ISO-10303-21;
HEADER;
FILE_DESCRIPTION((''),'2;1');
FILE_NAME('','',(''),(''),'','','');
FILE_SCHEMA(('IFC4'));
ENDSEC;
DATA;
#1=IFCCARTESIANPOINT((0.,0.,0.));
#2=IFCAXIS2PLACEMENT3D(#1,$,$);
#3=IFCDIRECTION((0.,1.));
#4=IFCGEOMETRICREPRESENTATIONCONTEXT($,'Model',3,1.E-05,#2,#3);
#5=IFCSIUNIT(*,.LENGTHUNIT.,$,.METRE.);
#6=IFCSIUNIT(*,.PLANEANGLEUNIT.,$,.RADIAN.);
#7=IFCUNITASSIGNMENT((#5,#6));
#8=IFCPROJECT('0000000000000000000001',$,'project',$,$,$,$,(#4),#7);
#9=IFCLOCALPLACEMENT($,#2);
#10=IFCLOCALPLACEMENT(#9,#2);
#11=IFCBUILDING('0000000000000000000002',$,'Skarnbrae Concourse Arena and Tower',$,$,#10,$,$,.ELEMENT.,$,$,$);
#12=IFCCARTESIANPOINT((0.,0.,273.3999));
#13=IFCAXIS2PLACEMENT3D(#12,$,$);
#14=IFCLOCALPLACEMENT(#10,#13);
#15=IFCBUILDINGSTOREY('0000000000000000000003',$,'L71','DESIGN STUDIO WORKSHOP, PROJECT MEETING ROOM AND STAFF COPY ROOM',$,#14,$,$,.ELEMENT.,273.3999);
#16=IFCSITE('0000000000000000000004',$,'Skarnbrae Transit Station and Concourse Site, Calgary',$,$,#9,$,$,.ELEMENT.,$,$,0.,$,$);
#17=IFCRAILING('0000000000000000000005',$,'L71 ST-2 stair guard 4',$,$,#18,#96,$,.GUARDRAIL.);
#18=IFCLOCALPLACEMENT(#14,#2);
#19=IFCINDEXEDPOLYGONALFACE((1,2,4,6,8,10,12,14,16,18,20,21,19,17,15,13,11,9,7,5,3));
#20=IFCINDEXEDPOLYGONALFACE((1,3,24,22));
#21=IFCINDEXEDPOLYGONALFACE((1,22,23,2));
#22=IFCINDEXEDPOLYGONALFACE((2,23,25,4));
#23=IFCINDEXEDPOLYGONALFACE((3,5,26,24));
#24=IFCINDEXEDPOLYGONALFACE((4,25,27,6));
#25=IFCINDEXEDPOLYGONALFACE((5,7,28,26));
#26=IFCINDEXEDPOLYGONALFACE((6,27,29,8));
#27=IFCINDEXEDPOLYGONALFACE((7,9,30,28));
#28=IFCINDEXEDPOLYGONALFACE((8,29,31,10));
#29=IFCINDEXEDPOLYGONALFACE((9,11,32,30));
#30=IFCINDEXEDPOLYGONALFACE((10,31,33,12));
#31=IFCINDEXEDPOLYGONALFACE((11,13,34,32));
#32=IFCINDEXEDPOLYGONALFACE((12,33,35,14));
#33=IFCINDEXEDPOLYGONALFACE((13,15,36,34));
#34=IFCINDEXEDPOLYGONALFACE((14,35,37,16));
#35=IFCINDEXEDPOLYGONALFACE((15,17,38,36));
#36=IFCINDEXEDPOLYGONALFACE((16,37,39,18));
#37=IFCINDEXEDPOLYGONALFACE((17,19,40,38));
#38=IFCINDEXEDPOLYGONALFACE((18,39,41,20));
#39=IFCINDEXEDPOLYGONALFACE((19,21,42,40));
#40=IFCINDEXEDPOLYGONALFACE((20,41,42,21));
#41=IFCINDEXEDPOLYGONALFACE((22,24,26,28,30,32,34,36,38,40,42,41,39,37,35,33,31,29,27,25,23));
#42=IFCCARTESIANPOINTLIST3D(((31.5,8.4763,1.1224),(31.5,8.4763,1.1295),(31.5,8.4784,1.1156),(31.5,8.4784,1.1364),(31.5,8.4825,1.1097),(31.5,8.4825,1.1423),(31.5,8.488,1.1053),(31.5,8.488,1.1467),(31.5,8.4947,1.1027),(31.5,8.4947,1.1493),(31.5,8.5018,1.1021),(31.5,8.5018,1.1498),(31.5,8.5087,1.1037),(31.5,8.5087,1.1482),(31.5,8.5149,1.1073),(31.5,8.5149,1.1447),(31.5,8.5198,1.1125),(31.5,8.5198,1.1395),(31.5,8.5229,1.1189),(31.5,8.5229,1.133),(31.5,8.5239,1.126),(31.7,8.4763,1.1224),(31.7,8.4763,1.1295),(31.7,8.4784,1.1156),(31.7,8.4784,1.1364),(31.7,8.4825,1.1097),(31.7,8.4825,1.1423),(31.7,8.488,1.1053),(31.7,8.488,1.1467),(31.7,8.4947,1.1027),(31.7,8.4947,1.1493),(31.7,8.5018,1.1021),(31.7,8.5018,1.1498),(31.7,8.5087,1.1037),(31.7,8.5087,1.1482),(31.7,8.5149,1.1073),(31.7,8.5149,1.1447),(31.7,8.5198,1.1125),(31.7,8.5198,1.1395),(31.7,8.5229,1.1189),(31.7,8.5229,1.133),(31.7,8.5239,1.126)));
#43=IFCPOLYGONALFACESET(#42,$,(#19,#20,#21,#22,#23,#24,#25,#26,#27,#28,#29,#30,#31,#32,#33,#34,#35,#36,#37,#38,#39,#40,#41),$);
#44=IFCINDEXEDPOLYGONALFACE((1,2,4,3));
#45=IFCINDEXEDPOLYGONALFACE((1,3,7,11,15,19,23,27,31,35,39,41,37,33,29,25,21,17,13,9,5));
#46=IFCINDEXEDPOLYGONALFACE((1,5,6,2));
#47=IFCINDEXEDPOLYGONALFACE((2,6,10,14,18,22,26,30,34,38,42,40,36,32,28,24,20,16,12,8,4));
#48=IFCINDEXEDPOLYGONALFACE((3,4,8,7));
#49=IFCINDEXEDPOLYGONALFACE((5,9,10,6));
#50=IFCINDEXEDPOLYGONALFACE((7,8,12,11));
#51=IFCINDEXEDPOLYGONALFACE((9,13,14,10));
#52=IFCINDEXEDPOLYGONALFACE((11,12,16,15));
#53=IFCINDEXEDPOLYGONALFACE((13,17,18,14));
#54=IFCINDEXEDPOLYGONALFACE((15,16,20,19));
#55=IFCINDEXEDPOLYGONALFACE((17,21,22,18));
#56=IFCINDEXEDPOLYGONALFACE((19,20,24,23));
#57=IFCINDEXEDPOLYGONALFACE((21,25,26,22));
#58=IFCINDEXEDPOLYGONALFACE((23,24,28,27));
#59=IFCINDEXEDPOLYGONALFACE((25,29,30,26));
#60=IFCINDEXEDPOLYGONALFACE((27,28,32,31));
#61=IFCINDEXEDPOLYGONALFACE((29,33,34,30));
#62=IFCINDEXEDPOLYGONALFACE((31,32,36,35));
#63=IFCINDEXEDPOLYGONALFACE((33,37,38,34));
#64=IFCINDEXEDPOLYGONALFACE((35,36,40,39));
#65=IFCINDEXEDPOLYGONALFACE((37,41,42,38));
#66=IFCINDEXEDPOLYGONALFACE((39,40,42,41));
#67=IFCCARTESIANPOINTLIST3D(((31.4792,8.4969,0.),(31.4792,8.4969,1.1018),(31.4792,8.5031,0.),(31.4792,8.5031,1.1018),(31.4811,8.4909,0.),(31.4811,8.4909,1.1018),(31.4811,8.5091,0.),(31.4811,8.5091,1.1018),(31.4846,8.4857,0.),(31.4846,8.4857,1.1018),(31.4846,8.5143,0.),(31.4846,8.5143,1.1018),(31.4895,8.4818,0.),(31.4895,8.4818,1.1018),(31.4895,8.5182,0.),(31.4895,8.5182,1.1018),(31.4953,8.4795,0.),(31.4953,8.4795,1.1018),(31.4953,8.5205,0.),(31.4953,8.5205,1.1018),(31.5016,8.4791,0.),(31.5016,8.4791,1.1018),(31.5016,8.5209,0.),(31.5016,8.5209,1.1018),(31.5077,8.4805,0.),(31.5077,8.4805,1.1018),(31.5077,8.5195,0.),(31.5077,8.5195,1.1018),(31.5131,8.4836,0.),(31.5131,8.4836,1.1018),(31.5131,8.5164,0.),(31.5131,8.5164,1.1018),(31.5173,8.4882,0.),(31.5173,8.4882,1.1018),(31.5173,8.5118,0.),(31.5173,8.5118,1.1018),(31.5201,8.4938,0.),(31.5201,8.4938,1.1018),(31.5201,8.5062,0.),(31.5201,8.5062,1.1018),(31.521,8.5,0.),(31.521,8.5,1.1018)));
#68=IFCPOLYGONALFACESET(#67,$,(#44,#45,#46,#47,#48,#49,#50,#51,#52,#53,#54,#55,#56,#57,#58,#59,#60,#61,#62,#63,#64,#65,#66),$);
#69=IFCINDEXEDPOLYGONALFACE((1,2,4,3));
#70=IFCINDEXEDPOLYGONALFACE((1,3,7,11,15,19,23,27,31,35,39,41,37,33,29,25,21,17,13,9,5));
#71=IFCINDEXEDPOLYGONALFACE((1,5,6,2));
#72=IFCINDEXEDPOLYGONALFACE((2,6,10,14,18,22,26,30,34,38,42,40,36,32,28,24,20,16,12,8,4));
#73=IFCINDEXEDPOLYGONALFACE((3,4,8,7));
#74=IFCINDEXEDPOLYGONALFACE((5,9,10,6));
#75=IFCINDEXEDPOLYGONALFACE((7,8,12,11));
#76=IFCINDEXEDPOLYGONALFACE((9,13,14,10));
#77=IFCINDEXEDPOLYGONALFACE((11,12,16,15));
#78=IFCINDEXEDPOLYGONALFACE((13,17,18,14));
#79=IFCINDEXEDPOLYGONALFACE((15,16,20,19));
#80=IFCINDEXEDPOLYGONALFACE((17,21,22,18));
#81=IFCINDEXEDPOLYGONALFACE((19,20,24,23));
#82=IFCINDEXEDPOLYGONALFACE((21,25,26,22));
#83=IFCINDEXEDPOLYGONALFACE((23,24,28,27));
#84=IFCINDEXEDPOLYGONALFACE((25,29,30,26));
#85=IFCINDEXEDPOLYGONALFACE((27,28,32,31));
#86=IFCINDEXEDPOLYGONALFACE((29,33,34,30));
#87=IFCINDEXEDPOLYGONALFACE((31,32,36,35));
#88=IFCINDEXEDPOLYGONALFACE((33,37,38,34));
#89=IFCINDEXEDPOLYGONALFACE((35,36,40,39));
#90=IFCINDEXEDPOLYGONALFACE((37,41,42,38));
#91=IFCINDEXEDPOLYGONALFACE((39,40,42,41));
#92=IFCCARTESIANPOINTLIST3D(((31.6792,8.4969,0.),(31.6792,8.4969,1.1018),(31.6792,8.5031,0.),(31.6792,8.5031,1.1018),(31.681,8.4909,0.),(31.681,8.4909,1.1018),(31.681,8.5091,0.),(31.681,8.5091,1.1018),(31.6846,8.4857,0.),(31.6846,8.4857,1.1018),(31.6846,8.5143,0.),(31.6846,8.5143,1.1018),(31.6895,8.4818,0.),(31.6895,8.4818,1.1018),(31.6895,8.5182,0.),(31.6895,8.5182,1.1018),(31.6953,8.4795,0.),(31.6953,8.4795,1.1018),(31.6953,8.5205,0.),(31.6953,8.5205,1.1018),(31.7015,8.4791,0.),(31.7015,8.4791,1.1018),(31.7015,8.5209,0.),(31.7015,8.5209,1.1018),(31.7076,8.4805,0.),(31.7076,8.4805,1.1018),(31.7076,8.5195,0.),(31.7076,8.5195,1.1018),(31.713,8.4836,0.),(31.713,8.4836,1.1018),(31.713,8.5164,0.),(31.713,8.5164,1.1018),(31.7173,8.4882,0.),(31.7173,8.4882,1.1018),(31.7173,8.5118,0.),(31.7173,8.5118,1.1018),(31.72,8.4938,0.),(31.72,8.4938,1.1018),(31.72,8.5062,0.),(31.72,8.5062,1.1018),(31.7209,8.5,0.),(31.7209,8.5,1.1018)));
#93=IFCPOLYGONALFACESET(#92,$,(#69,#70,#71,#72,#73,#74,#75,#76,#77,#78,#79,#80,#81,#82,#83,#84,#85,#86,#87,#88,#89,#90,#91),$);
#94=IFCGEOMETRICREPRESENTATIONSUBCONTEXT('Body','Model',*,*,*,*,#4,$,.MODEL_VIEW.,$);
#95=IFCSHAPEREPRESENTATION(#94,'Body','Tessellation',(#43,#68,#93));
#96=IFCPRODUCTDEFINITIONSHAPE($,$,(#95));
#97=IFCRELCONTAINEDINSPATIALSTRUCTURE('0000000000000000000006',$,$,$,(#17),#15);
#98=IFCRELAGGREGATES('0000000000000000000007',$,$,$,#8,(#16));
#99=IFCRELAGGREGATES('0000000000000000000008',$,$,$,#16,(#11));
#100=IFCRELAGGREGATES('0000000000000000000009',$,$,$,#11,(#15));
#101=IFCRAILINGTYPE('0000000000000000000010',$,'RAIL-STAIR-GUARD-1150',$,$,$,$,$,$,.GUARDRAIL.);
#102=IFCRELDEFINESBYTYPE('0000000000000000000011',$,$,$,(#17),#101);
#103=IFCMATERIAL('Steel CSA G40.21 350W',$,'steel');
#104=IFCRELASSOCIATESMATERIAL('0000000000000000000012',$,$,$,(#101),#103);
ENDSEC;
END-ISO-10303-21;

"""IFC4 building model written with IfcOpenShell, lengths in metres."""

from ifc_helpers import new_model, si_unit, direction, frame, origin, origin_2d, place, context, subcontext, project, spatial, circle, extrude, material, type_object, element, save


model = new_model("IFC4")

# Units and contexts
model_context = context("Model", 3, precision=1e-05, world=origin(), true_north=direction((0.0, 1.0)))
body_context = subcontext(model_context, "Body", "Model", "MODEL_VIEW")
ifc_project = project(units=[si_unit("LENGTHUNIT", "METRE"), si_unit("PLANEANGLEUNIT", "RADIAN")], contexts=[model_context])

# Site, building, storey
site_placement = place(None, origin())
site = spatial("IfcSite", under=ifc_project, at=site_placement, Name="Skarnbrae Transit Station and Concourse Site, Calgary", CompositionType="ELEMENT", RefElevation=0.0)
building_placement = place(site_placement, origin())
building = spatial("IfcBuilding", under=site, at=building_placement, Name="Skarnbrae Concourse Arena and Tower", CompositionType="ELEMENT")
storey_placement = place(building_placement, frame((0.0, 0.0, 273.3999)))
storey = spatial("IfcBuildingStorey", under=building, at=storey_placement, Name="L71", Description="DESIGN STUDIO WORKSHOP, PROJECT MEETING ROOM AND STAFF COPY ROOM", CompositionType="ELEMENT", Elevation=273.3999)

# Shared definitions
ifc_material_1 = material(Name="Steel CSA G40.21 350W", Category="steel")

# Railing
railing_type = type_object("IfcRailingType", Name="RAIL-STAIR-GUARD-1150", PredefinedType="GUARDRAIL", material=ifc_material_1)
railing_1_placement = place(storey_placement, frame((31.5, 8.5, 0.0)))
element("IfcRailing", 1, at=railing_1_placement, inside=storey, type_object=railing_type, Name="L71 ST-2 stair guard 4", PredefinedType="GUARDRAIL", context=body_context, shape_type="SweptSolid", body=[
    extrude(circle(Radius=0.0239, at=origin_2d()), frame((0.0, 0.0, 1.126), z_axis=(1.0, 0.0, 0.0), x_axis=(0.0, 1.0, 0.0)), (0.0, 0.0, 1.0), 0.2),
    extrude(circle(Radius=0.021, at=origin_2d()), origin(), (0.0, 0.0, 1.0), 1.1018),
    extrude(circle(Radius=0.021, at=origin_2d()), frame((0.2, 0.0, 0.0)), (0.0, 0.0, 1.0), 1.1018),
])

save(model, "model.ifc")
